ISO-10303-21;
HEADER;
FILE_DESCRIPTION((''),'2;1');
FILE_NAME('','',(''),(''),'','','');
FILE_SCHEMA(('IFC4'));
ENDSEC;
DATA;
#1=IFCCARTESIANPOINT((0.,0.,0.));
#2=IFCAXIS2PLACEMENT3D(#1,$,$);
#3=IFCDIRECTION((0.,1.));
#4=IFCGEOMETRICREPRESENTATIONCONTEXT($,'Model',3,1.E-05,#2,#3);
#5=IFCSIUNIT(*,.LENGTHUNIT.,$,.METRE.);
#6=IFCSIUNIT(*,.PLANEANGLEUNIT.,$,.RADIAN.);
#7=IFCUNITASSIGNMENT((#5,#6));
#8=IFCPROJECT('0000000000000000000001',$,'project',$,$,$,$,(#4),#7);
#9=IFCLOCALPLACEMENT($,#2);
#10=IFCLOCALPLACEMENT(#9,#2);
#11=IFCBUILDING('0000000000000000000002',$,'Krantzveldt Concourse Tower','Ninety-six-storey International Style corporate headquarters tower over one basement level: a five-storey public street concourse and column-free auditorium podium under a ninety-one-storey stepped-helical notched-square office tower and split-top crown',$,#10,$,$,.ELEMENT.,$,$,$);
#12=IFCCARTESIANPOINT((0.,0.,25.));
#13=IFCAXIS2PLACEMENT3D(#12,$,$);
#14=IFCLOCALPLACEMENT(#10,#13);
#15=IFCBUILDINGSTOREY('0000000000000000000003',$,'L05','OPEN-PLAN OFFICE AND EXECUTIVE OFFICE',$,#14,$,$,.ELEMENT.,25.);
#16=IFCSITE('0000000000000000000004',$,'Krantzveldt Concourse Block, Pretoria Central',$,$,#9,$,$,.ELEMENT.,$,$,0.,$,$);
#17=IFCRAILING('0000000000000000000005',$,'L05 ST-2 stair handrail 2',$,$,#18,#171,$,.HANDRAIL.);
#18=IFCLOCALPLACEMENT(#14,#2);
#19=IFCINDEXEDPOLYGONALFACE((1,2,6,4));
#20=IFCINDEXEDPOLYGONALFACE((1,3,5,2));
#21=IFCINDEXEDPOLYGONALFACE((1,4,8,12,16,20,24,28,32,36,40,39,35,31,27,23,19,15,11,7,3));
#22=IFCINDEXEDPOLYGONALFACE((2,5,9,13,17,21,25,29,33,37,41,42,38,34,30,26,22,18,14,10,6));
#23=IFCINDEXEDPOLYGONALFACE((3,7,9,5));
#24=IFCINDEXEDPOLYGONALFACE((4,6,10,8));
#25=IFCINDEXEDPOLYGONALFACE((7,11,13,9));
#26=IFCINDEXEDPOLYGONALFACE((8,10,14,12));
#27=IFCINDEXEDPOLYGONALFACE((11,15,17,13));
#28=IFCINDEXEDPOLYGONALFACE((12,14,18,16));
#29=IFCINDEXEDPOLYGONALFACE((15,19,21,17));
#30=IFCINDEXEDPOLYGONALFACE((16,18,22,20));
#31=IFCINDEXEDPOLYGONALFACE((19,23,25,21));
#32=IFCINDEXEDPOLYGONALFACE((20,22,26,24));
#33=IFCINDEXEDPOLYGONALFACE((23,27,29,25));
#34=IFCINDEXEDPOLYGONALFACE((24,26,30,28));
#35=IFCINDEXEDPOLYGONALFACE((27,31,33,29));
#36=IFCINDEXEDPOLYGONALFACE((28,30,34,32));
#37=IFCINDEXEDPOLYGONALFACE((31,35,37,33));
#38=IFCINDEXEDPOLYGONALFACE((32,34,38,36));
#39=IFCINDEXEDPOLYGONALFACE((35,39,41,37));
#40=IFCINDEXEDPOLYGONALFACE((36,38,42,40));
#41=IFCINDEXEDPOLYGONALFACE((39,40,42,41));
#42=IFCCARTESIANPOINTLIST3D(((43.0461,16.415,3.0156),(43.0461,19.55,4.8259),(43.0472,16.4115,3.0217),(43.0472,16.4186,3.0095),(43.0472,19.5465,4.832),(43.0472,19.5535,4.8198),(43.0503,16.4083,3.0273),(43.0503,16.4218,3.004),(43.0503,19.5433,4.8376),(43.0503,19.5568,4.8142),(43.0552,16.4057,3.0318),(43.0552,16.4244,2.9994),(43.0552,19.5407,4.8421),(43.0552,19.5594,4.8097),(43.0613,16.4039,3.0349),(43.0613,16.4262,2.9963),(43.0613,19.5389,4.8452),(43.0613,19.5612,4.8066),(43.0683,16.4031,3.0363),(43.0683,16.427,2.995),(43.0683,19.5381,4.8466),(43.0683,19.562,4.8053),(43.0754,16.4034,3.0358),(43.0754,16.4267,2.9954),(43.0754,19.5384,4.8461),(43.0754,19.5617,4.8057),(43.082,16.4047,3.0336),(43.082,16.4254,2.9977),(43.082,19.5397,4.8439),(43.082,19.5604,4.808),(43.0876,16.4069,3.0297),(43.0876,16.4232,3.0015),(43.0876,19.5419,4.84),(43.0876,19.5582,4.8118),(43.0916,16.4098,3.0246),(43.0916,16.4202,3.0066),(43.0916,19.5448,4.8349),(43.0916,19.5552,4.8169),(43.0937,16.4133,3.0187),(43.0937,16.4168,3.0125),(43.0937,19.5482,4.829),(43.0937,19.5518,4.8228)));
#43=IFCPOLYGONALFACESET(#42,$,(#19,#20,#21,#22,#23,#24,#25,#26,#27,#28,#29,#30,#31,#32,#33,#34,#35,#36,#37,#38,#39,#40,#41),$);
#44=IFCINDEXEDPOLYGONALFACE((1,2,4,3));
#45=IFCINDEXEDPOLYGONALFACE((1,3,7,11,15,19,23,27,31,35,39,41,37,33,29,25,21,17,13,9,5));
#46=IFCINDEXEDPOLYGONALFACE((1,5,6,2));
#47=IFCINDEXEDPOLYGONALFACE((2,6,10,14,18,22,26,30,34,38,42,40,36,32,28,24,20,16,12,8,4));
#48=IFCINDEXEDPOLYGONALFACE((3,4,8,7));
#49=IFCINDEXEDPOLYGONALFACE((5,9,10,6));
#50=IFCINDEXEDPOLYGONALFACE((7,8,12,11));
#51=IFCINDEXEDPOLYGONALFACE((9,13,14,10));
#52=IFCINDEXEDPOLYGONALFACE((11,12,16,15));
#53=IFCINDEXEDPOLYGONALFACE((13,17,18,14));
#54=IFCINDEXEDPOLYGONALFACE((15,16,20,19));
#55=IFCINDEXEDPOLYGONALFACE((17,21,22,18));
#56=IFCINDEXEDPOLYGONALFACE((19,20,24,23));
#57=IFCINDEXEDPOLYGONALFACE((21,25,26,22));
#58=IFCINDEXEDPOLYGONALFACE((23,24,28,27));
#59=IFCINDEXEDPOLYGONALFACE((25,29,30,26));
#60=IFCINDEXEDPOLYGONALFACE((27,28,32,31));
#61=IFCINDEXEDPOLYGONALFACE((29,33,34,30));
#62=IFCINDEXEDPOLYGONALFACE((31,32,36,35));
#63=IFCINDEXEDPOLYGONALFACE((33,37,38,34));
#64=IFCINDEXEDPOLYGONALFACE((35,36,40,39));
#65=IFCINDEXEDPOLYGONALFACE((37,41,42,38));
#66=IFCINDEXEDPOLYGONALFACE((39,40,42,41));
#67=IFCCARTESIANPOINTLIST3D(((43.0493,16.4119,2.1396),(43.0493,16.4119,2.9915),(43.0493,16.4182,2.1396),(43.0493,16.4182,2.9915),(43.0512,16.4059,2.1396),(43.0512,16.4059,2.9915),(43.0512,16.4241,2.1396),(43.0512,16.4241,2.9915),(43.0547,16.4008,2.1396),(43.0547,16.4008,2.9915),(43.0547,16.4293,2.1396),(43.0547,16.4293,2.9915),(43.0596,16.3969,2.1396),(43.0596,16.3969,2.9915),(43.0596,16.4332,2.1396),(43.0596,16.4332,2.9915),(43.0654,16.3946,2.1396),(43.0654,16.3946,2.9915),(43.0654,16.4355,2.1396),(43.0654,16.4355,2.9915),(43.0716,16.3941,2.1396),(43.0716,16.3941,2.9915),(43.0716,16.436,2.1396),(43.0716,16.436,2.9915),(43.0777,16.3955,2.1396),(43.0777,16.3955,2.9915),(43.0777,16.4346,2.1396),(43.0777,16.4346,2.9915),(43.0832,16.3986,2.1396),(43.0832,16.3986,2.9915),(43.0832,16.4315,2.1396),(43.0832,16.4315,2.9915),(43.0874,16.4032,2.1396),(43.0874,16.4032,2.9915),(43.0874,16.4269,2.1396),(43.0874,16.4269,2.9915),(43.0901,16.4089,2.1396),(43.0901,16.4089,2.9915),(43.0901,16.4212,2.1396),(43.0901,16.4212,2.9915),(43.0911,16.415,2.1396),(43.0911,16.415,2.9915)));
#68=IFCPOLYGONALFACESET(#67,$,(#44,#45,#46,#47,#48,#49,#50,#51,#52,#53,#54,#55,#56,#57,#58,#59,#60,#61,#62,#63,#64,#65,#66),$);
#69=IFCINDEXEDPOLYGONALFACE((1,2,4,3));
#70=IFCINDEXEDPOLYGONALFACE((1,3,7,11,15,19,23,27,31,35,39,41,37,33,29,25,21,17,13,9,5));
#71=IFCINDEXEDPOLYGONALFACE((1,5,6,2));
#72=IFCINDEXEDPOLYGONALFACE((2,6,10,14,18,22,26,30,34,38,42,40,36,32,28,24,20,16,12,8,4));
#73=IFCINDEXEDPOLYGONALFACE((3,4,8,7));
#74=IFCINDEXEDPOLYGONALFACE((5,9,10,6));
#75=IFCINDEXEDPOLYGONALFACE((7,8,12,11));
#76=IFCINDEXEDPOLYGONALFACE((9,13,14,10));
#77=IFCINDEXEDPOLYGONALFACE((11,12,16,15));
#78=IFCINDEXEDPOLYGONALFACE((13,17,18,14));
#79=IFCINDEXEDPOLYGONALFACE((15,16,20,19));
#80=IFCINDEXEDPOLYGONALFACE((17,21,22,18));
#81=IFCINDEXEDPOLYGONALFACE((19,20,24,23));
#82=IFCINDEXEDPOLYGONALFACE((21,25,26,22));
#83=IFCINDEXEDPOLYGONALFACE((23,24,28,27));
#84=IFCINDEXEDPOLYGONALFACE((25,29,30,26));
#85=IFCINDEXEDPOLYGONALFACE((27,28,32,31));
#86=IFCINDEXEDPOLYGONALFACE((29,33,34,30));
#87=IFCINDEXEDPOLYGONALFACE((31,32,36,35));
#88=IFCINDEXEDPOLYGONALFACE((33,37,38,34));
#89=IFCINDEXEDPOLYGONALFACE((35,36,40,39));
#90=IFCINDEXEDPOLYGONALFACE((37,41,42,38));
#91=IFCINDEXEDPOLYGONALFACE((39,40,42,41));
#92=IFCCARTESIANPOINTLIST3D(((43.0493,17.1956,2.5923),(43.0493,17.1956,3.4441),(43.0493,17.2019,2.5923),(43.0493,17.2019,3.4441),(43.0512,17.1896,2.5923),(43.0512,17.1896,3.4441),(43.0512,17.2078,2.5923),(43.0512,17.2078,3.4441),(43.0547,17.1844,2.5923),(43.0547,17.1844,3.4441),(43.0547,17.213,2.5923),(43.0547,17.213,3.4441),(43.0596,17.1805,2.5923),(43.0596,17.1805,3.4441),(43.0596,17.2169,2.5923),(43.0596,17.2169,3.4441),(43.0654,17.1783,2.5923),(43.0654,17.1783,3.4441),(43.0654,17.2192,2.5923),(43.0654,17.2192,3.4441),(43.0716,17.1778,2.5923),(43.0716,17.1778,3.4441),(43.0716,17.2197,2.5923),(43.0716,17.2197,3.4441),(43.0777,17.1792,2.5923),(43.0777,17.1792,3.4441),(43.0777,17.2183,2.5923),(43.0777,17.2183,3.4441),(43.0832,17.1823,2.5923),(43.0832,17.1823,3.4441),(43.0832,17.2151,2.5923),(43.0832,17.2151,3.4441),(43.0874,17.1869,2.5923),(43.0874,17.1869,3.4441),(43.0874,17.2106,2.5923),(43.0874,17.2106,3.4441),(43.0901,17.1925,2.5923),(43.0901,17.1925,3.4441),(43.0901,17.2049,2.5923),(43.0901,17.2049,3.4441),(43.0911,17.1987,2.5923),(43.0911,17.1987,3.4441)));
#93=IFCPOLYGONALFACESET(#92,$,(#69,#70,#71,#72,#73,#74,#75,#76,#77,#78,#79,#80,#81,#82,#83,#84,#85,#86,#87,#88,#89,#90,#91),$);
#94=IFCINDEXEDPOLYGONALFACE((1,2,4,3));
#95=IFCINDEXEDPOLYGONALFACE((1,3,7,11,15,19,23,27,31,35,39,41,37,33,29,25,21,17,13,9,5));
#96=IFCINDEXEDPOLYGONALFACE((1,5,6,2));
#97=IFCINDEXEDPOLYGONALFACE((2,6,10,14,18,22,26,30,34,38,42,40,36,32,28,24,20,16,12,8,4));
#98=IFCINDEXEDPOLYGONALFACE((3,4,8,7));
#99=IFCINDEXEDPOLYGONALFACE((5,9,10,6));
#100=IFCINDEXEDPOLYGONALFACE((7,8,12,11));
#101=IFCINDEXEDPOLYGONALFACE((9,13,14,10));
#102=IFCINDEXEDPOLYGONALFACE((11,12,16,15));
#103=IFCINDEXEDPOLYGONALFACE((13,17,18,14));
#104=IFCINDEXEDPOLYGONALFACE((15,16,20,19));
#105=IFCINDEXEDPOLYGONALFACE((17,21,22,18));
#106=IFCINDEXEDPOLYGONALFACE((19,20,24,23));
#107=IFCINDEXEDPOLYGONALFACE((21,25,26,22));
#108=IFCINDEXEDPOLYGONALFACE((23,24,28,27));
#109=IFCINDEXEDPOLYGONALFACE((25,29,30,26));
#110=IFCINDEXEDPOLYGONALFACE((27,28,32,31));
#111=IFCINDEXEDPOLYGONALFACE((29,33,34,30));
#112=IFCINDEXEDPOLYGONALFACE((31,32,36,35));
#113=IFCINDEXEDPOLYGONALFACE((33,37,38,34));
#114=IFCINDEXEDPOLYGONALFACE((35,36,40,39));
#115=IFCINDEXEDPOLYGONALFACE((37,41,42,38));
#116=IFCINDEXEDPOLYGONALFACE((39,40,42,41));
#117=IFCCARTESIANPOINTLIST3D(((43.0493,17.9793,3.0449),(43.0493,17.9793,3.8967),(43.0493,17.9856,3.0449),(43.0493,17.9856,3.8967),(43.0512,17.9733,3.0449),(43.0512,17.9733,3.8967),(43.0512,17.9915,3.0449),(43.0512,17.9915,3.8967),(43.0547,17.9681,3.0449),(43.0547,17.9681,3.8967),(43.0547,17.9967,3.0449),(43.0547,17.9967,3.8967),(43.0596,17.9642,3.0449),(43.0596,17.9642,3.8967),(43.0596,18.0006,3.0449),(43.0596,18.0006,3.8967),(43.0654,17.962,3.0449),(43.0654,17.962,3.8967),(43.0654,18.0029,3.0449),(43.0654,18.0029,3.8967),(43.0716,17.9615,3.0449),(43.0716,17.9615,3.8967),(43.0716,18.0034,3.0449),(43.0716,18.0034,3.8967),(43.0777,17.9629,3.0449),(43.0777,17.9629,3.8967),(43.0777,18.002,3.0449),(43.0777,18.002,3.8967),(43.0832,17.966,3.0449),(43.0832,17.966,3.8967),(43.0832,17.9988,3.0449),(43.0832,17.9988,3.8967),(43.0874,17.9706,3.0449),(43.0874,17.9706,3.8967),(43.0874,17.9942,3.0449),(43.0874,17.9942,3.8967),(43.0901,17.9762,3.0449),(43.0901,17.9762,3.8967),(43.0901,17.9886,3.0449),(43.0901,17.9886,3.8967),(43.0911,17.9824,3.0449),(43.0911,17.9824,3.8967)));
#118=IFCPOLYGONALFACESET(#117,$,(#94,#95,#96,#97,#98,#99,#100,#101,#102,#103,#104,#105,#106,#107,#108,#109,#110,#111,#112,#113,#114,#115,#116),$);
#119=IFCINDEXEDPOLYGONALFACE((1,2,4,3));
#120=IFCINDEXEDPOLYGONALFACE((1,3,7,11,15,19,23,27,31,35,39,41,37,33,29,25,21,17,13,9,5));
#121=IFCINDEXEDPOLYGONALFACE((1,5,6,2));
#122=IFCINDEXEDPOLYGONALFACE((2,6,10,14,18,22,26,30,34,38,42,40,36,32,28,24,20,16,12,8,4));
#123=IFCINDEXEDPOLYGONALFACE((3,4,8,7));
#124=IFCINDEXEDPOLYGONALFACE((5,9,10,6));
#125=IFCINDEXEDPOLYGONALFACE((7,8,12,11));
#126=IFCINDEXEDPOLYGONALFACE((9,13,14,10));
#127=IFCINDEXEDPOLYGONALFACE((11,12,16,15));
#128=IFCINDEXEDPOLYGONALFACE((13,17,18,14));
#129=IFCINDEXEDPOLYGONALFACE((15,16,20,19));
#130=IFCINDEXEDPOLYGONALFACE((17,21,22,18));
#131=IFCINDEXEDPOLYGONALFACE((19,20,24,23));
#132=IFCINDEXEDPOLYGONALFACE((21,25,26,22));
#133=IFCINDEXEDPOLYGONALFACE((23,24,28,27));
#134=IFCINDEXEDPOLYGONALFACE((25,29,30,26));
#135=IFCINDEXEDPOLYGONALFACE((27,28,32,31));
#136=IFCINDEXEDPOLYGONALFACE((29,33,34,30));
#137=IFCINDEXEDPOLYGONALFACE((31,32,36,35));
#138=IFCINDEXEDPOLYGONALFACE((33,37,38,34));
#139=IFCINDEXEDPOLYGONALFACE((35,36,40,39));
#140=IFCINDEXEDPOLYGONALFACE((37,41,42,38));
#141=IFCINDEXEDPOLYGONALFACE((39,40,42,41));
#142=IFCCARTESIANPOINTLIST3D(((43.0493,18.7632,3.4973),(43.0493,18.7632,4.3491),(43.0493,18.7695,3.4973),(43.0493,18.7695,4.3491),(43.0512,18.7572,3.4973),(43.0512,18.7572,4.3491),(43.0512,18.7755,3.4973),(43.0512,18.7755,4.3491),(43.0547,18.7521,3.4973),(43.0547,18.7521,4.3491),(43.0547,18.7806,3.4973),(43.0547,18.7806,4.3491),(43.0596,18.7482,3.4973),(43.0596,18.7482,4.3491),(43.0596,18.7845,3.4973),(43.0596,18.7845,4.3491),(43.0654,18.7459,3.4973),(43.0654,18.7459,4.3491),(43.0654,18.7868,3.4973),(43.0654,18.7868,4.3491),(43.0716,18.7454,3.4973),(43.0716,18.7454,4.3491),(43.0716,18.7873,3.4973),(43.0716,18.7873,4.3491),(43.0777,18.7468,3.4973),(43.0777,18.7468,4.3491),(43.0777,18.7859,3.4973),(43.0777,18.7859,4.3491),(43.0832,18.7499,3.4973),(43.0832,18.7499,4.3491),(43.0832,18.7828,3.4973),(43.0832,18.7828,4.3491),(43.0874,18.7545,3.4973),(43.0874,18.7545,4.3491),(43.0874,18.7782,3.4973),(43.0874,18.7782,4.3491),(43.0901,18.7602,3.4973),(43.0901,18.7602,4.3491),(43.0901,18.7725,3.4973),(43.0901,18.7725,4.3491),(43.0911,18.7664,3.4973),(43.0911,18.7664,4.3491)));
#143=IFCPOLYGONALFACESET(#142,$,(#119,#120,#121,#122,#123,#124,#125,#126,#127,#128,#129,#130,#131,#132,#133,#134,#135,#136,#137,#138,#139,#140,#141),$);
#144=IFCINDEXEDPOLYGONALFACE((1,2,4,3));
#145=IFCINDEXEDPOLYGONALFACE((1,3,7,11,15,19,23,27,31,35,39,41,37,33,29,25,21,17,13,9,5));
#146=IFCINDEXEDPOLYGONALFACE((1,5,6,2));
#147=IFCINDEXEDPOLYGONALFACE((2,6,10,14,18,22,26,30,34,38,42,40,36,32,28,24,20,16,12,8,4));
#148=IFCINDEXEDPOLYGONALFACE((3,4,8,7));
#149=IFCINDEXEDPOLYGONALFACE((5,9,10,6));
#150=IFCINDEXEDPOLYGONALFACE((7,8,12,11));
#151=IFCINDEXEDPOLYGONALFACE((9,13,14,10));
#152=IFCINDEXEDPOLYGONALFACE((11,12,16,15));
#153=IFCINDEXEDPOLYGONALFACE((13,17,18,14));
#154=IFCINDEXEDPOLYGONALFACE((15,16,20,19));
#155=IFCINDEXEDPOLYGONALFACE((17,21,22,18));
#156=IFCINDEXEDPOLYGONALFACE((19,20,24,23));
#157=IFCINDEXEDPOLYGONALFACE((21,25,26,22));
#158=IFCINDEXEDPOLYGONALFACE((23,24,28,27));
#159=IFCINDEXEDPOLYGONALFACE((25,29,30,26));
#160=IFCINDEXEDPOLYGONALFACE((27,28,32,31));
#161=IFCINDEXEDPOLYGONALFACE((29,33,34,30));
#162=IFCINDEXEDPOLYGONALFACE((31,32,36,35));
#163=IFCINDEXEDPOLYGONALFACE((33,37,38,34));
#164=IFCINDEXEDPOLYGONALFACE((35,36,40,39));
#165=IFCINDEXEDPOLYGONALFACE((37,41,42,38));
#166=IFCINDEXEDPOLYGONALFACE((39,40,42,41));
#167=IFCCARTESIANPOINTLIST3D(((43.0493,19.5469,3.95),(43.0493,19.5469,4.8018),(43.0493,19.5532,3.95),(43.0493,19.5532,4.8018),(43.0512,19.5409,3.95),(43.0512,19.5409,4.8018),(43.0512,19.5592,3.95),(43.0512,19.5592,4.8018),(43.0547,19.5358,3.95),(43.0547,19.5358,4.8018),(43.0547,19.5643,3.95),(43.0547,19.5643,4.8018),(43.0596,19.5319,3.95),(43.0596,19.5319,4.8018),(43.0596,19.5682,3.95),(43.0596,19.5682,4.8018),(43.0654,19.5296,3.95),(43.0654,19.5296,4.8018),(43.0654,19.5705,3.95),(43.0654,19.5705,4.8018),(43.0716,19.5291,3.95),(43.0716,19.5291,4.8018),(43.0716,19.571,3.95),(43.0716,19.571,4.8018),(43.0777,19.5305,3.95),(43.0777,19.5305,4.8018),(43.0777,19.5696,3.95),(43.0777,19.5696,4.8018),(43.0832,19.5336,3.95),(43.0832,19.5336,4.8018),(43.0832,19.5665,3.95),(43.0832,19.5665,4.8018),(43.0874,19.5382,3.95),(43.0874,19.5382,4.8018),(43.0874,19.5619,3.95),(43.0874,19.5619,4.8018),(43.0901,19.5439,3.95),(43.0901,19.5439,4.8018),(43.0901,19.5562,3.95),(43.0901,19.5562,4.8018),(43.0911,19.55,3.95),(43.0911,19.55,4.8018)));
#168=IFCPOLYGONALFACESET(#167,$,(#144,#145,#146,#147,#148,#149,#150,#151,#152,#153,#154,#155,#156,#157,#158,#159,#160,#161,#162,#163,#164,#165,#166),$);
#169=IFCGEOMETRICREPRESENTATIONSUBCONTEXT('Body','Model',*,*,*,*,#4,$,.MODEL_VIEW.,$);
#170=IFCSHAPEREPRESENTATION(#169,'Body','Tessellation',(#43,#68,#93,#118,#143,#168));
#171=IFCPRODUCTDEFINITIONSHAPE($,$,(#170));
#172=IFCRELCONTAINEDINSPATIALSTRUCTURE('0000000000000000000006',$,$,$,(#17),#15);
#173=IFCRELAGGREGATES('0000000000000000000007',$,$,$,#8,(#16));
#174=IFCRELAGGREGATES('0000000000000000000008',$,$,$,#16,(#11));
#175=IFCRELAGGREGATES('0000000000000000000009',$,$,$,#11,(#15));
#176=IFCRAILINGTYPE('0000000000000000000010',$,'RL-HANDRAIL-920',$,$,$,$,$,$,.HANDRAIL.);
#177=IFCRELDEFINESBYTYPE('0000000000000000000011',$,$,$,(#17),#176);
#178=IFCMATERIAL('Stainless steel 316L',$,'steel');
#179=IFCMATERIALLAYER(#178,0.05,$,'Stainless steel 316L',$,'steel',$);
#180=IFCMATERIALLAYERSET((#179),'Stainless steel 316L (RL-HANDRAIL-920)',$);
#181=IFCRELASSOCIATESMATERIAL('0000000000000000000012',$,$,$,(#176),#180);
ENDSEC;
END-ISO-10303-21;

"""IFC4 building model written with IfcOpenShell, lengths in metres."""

from ifc_helpers import new_model, si_unit, direction, frame, origin, origin_2d, place, context, subcontext, project, spatial, circle, extrude, material, layer, layer_set, type_object, element, save


model = new_model("IFC4")

# Units and contexts
model_context = context("Model", 3, precision=1e-05, world=origin(), true_north=direction((0.0, 1.0)))
body_context = subcontext(model_context, "Body", "Model", "MODEL_VIEW")
ifc_project = project(units=[si_unit("LENGTHUNIT", "METRE"), si_unit("PLANEANGLEUNIT", "RADIAN")], contexts=[model_context])

# Site, building, storey
site_placement = place(None, origin())
site = spatial("IfcSite", under=ifc_project, at=site_placement, Name="Krantzveldt Concourse Block, Pretoria Central", CompositionType="ELEMENT", RefElevation=0.0)
building_placement = place(site_placement, origin())
building = spatial("IfcBuilding", under=site, at=building_placement, Name="Krantzveldt Concourse Tower", Description="Ninety-six-storey International Style corporate headquarters tower over one basement level: a five-storey public street concourse and column-free auditorium podium under a ninety-one-storey stepped-helical notched-square office tower and split-top crown", CompositionType="ELEMENT")
storey_placement = place(building_placement, frame((0.0, 0.0, 25.0)))
storey = spatial("IfcBuildingStorey", under=building, at=storey_placement, Name="L05", Description="OPEN-PLAN OFFICE AND EXECUTIVE OFFICE", CompositionType="ELEMENT", Elevation=25.0)

# Shared definitions
ifc_material_1 = material(Name="Stainless steel 316L", Category="steel")

# Railing
ifc_layer_1 = layer(ifc_material_1, 0.05, Name="Stainless steel 316L", Category="steel")
ifc_layer_set_1 = layer_set([ifc_layer_1], Name="Stainless steel 316L (RL-HANDRAIL-920)")
railing_type_1 = type_object("IfcRailingType", Name="RL-HANDRAIL-920", PredefinedType="HANDRAIL", material=ifc_layer_set_1)
railing_1_placement = place(storey_placement, frame((43.0701, 16.415, 2.1396)))
element("IfcRailing", 1, at=railing_1_placement, inside=storey, type_object=railing_type_1, Name="L05 ST-2 stair handrail 2", PredefinedType="HANDRAIL", context=body_context, shape_type="SweptSolid", body=[
    extrude(circle(Radius=0.0239, at=origin_2d()), frame((0.0, 0.0, 0.876), z_axis=(0.0, 0.865989, 0.500063), x_axis=(-1.0, 0.0, 0.0)), (0.0, 0.0, 1.0), 3.6201),
    extrude(circle(Radius=0.021, at=origin_2d()), origin(), (0.0, 0.0, 1.0), 0.8518),
    extrude(circle(Radius=0.021, at=origin_2d()), frame((0.0, 0.7837, 0.4526)), (0.0, 0.0, 1.0), 0.8518),
    extrude(circle(Radius=0.021, at=origin_2d()), frame((0.0, 1.5674, 0.9053)), (0.0, 0.0, 1.0), 0.8518),
    extrude(circle(Radius=0.021, at=origin_2d()), frame((0.0, 2.3513, 1.3577)), (0.0, 0.0, 1.0), 0.8518),
    extrude(circle(Radius=0.021, at=origin_2d()), frame((0.0, 3.135, 1.8103)), (0.0, 0.0, 1.0), 0.8518),
])

save(model, "model.ifc")
